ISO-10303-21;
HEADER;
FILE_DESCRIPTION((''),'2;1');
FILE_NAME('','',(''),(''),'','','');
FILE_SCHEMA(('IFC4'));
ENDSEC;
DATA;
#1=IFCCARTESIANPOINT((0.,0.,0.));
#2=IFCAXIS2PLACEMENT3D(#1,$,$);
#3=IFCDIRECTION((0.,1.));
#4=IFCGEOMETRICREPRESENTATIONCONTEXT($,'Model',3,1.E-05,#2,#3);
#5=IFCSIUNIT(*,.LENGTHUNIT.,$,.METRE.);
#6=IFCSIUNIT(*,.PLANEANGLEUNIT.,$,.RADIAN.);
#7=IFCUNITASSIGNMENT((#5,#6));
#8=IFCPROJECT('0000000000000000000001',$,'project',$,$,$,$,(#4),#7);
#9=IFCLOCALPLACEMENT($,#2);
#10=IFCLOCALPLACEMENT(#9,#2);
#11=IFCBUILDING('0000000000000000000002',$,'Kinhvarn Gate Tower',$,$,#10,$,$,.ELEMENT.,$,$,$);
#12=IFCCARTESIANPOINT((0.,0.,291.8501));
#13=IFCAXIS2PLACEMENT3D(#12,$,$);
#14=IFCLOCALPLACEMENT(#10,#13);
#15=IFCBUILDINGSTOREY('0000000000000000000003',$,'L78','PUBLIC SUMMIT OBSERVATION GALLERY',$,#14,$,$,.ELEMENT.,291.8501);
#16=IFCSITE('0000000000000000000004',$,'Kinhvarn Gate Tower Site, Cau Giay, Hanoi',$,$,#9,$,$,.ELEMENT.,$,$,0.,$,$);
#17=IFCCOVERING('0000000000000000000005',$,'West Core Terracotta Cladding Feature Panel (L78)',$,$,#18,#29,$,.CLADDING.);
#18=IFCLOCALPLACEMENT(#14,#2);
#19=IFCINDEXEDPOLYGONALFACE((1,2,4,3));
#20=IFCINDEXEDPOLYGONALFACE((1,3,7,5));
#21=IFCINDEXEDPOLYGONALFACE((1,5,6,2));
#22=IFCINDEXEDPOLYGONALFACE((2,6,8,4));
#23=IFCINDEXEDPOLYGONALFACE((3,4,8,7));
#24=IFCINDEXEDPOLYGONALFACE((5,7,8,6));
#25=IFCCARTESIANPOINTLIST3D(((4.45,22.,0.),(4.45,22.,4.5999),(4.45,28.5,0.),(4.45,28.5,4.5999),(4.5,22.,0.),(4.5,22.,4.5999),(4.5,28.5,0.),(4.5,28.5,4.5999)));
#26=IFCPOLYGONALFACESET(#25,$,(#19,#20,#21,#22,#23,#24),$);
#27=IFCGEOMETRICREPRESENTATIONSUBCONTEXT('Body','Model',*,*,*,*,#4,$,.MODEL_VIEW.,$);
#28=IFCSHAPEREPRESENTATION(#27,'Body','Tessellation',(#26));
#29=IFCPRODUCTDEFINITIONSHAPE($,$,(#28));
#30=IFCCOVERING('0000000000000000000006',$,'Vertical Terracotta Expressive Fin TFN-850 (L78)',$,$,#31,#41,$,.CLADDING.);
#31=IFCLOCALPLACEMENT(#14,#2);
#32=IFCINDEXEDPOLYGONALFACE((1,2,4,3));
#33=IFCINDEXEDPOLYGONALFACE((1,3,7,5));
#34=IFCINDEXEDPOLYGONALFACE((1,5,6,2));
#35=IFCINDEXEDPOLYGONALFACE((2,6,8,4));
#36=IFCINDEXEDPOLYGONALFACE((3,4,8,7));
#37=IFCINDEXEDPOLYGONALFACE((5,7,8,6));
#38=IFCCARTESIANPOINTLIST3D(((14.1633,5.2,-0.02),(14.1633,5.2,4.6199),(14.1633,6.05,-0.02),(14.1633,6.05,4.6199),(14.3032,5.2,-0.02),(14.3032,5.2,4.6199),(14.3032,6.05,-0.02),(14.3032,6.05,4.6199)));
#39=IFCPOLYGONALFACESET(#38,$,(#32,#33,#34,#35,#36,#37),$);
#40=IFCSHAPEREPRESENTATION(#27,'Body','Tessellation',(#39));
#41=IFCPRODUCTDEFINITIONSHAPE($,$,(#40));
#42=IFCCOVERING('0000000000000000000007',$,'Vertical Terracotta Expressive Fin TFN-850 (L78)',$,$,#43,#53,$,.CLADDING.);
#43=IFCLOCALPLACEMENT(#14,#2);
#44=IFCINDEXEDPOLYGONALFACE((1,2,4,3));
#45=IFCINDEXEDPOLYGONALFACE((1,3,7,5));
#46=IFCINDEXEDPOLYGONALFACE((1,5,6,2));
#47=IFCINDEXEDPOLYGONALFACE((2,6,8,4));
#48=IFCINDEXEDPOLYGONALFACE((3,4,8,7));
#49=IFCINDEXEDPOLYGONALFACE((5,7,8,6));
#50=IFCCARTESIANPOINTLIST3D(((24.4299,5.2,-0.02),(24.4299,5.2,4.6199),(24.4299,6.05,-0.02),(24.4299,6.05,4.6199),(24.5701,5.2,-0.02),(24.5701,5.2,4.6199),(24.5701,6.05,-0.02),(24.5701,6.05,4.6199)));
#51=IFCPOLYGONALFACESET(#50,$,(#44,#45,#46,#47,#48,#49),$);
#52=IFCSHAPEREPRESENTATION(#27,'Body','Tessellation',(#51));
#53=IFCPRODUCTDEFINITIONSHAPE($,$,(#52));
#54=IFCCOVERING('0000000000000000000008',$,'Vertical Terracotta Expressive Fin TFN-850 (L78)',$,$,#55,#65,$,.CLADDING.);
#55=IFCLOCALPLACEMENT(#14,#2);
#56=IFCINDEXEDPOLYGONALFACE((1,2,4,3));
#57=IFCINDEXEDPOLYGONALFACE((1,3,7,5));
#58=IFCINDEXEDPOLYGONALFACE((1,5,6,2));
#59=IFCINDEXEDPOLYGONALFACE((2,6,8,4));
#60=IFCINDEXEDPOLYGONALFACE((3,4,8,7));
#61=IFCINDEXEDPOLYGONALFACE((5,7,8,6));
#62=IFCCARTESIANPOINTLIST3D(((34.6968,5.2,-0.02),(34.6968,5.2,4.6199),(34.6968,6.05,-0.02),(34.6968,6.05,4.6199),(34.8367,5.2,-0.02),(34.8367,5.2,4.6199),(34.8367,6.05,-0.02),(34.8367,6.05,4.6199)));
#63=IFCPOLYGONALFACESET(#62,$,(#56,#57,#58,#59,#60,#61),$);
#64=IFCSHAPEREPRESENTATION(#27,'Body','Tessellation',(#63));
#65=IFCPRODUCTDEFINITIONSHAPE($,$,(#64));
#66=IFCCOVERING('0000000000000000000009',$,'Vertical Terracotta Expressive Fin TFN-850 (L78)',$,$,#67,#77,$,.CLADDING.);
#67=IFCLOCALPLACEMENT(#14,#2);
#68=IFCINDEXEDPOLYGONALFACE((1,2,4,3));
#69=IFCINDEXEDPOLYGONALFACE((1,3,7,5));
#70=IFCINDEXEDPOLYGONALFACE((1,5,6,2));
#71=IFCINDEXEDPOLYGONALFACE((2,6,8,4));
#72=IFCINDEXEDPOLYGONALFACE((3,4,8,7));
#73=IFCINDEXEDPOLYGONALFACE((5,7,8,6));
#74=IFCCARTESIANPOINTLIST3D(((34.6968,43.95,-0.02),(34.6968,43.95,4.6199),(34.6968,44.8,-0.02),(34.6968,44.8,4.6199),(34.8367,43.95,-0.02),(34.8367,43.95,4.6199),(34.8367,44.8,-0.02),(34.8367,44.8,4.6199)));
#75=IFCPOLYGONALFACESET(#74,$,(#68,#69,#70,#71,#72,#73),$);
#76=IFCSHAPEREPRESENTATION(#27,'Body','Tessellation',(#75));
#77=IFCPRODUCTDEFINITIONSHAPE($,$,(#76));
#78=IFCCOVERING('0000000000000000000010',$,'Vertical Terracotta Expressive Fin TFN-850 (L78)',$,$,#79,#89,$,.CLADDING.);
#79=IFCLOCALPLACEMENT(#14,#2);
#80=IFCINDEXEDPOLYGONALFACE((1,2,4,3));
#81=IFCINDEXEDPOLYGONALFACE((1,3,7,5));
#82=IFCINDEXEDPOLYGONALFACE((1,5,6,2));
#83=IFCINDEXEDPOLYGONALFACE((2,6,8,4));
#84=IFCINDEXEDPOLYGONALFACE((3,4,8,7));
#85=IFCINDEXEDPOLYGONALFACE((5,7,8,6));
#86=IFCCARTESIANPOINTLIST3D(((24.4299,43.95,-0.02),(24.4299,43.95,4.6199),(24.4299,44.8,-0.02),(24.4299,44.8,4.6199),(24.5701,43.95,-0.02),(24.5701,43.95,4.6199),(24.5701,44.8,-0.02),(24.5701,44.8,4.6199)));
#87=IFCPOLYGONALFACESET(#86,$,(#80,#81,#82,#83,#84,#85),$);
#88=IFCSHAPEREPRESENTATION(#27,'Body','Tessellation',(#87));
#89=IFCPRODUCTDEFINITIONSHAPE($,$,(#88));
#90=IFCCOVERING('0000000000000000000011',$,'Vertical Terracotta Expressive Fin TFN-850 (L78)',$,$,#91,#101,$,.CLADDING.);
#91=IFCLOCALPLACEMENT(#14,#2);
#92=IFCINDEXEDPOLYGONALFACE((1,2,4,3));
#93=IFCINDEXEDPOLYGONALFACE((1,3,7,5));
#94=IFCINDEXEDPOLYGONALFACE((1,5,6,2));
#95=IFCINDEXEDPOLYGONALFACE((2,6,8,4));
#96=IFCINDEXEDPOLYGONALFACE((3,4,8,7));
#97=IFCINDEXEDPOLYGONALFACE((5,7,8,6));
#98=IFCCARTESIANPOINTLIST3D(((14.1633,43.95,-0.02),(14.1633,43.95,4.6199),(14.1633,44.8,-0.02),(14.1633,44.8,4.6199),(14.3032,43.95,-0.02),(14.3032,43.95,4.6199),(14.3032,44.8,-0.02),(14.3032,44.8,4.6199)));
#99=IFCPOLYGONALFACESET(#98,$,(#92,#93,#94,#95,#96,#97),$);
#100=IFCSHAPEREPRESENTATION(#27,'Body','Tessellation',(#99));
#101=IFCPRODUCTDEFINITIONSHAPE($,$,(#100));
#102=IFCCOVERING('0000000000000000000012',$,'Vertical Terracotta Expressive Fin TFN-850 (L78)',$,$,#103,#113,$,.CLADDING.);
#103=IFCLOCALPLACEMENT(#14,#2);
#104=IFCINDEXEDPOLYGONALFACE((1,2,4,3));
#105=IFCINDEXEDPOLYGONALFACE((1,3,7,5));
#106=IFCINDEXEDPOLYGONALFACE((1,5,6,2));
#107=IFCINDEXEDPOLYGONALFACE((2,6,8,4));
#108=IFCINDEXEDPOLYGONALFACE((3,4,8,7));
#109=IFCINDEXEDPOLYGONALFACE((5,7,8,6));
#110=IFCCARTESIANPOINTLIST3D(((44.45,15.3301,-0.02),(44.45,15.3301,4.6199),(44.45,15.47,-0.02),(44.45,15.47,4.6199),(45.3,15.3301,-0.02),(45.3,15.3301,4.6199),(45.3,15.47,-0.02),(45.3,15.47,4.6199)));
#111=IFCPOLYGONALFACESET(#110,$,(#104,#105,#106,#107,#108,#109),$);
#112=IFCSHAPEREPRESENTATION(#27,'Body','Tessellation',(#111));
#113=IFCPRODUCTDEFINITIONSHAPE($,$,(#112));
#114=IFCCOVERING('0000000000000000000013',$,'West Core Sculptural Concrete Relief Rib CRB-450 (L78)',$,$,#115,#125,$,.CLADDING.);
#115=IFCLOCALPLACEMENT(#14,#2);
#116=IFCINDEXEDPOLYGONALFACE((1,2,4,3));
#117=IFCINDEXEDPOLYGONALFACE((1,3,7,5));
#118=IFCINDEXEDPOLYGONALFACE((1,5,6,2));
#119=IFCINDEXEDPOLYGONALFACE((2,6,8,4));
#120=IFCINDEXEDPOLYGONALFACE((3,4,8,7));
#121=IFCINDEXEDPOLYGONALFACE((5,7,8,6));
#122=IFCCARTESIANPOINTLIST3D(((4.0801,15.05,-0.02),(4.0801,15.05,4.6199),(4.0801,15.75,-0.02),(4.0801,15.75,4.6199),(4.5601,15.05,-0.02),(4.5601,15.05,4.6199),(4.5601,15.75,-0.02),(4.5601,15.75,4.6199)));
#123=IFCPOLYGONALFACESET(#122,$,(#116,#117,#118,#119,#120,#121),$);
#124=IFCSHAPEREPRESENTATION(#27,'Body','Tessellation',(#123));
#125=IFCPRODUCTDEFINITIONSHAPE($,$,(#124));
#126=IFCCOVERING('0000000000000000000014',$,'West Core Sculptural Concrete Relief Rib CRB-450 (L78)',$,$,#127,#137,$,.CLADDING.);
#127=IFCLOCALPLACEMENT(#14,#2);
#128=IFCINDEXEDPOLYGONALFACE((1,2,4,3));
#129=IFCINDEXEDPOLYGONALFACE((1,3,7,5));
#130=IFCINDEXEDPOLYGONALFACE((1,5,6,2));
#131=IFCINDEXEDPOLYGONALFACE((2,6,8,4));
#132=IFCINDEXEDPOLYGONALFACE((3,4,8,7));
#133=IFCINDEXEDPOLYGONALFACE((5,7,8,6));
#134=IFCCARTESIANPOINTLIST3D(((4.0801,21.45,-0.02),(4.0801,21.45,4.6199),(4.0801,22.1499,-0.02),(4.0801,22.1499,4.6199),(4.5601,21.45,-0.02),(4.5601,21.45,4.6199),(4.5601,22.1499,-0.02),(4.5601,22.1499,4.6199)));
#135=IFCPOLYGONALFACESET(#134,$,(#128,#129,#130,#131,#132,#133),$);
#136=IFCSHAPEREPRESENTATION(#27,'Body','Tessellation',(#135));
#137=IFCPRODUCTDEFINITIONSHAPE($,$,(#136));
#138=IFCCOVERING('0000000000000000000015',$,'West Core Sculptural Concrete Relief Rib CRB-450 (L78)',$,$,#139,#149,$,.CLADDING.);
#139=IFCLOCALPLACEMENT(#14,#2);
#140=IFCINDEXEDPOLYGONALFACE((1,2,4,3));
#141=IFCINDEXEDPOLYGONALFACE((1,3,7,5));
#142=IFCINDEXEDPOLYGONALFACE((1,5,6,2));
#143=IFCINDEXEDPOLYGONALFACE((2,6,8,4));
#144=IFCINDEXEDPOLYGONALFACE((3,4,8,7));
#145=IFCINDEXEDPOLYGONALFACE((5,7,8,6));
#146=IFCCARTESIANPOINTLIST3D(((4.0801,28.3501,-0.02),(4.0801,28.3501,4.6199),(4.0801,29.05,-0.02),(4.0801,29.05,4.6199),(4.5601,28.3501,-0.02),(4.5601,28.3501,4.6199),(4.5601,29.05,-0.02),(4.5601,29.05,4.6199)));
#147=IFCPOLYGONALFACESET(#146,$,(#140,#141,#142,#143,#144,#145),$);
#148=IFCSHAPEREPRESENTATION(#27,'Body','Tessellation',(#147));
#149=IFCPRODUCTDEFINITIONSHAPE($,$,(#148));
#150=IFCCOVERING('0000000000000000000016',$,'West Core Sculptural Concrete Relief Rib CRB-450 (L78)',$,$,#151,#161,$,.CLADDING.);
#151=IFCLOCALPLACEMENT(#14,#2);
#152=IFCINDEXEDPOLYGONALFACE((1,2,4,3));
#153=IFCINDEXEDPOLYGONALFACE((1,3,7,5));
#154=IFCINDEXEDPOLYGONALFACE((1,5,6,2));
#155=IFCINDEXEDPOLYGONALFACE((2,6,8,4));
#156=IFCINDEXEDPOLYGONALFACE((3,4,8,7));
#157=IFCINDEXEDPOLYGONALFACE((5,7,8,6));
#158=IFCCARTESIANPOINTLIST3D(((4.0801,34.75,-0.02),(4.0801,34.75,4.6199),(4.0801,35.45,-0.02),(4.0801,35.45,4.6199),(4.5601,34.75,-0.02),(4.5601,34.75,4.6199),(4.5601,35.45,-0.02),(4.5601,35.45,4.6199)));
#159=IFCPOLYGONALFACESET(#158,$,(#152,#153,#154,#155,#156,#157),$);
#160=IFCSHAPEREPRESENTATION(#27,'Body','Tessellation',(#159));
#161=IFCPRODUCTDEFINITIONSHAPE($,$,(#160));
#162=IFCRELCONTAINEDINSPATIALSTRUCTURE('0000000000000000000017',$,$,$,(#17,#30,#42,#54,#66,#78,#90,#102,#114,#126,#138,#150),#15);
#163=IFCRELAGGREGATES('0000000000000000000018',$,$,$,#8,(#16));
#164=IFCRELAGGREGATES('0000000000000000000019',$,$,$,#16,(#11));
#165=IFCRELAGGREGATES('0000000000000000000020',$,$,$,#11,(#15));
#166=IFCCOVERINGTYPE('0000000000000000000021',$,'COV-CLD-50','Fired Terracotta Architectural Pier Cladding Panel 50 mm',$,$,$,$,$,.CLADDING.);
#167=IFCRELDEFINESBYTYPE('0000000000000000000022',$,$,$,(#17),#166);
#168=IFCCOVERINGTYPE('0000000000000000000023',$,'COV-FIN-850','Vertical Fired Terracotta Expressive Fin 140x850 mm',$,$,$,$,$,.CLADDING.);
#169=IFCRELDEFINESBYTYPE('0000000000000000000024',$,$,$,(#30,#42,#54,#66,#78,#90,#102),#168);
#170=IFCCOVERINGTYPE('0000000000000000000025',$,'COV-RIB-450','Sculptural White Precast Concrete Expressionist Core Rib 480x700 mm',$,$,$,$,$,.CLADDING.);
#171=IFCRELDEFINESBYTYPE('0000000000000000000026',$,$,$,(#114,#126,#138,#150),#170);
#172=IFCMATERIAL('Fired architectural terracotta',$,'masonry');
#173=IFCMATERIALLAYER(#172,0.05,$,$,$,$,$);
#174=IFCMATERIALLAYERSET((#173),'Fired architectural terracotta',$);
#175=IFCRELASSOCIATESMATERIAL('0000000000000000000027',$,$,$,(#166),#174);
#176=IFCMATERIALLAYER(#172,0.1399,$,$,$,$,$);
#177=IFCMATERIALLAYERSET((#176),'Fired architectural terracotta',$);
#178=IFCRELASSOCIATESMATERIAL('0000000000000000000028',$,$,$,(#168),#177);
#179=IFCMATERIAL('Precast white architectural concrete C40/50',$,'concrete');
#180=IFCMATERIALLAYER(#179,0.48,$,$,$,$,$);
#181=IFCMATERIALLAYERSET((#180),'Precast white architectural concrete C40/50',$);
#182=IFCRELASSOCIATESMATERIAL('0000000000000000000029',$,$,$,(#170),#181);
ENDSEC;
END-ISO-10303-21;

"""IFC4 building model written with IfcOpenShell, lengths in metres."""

from ifc_helpers import new_model, si_unit, direction, frame, origin, place, context, subcontext, project, spatial, polyline, outline, extrude, material, layer, layer_set, type_object, element, save


model = new_model("IFC4")

# Units and contexts
model_context = context("Model", 3, precision=1e-05, world=origin(), true_north=direction((0.0, 1.0)))
body_context = subcontext(model_context, "Body", "Model", "MODEL_VIEW")
ifc_project = project(units=[si_unit("LENGTHUNIT", "METRE"), si_unit("PLANEANGLEUNIT", "RADIAN")], contexts=[model_context])

# Site, building, storey
site_placement = place(None, origin())
site = spatial("IfcSite", under=ifc_project, at=site_placement, Name="Kinhvarn Gate Tower Site, Cau Giay, Hanoi", CompositionType="ELEMENT", RefElevation=0.0)
building_placement = place(site_placement, origin())
building = spatial("IfcBuilding", under=site, at=building_placement, Name="Kinhvarn Gate Tower", CompositionType="ELEMENT")
storey_placement = place(building_placement, frame((0.0, 0.0, 291.8501)))
storey = spatial("IfcBuildingStorey", under=building, at=storey_placement, Name="L78", Description="PUBLIC SUMMIT OBSERVATION GALLERY", CompositionType="ELEMENT", Elevation=291.8501)

# Coverings
ifc_material_1 = material(Name="Fired architectural terracotta", Category="masonry")
ifc_layer_1 = layer(ifc_material_1, 0.05)
ifc_layer_set_1 = layer_set([ifc_layer_1], Name="Fired architectural terracotta")
covering_type_1 = type_object("IfcCoveringType", Name="COV-CLD-50", Description="Fired Terracotta Architectural Pier Cladding Panel 50 mm", PredefinedType="CLADDING", material=ifc_layer_set_1)
covering_1_placement = place(storey_placement, origin())
element("IfcCovering", 1, at=covering_1_placement, inside=storey, type_object=covering_type_1, Name="West Core Terracotta Cladding Feature Panel (L78)", PredefinedType="CLADDING", context=body_context, shape_type="SweptSolid", body=[
    extrude(outline(polyline([(4.45, 22.0), (4.5, 22.0), (4.5, 28.5), (4.45, 28.5), (4.45, 22.0)])), origin(), (0.0, 0.0, 1.0), 4.5999),
])
ifc_layer_2 = layer(ifc_material_1, 0.1399)
ifc_layer_set_2 = layer_set([ifc_layer_2], Name="Fired architectural terracotta")
covering_type_2 = type_object("IfcCoveringType", Name="COV-FIN-850", Description="Vertical Fired Terracotta Expressive Fin 140x850 mm", PredefinedType="CLADDING", material=ifc_layer_set_2)
covering_2_placement = place(storey_placement, frame((0.0, 0.0, -0.02)))
element("IfcCovering", 2, at=covering_2_placement, inside=storey, type_object=covering_type_2, Name="Vertical Terracotta Expressive Fin TFN-850 (L78)", PredefinedType="CLADDING", context=body_context, shape_type="SweptSolid", body=[
    extrude(outline(polyline([(14.1633, 6.05), (14.3032, 6.05), (14.3032, 5.2), (14.1633, 5.2), (14.1633, 6.05)])), origin(), (0.0, 0.0, 1.0), 4.6399),
])
covering_3_placement = place(storey_placement, frame((0.0, 0.0, -0.02)))
element("IfcCovering", 3, at=covering_3_placement, inside=storey, type_object=covering_type_2, Name="Vertical Terracotta Expressive Fin TFN-850 (L78)", PredefinedType="CLADDING", context=body_context, shape_type="SweptSolid", body=[
    extrude(outline(polyline([(24.4299, 6.05), (24.5701, 6.05), (24.5701, 5.2), (24.4299, 5.2), (24.4299, 6.05)])), origin(), (0.0, 0.0, 1.0), 4.6399),
])
covering_4_placement = place(storey_placement, frame((0.0, 0.0, -0.02)))
element("IfcCovering", 4, at=covering_4_placement, inside=storey, type_object=covering_type_2, Name="Vertical Terracotta Expressive Fin TFN-850 (L78)", PredefinedType="CLADDING", context=body_context, shape_type="SweptSolid", body=[
    extrude(outline(polyline([(34.6968, 6.05), (34.8367, 6.05), (34.8367, 5.2), (34.6968, 5.2), (34.6968, 6.05)])), origin(), (0.0, 0.0, 1.0), 4.6399),
])
covering_5_placement = place(storey_placement, frame((0.0, 0.0, -0.02)))
element("IfcCovering", 5, at=covering_5_placement, inside=storey, type_object=covering_type_2, Name="Vertical Terracotta Expressive Fin TFN-850 (L78)", PredefinedType="CLADDING", context=body_context, shape_type="SweptSolid", body=[
    extrude(outline(polyline([(34.8367, 43.95), (34.6968, 43.95), (34.6968, 44.8), (34.8367, 44.8), (34.8367, 43.95)])), origin(), (0.0, 0.0, 1.0), 4.6399),
])
covering_6_placement = place(storey_placement, frame((0.0, 0.0, -0.02)))
element("IfcCovering", 6, at=covering_6_placement, inside=storey, type_object=covering_type_2, Name="Vertical Terracotta Expressive Fin TFN-850 (L78)", PredefinedType="CLADDING", context=body_context, shape_type="SweptSolid", body=[
    extrude(outline(polyline([(24.5701, 43.95), (24.4299, 43.95), (24.4299, 44.8), (24.5701, 44.8), (24.5701, 43.95)])), origin(), (0.0, 0.0, 1.0), 4.6399),
])
covering_7_placement = place(storey_placement, frame((0.0, 0.0, -0.02)))
element("IfcCovering", 7, at=covering_7_placement, inside=storey, type_object=covering_type_2, Name="Vertical Terracotta Expressive Fin TFN-850 (L78)", PredefinedType="CLADDING", context=body_context, shape_type="SweptSolid", body=[
    extrude(outline(polyline([(14.3032, 43.95), (14.1633, 43.95), (14.1633, 44.8), (14.3032, 44.8), (14.3032, 43.95)])), origin(), (0.0, 0.0, 1.0), 4.6399),
])
covering_8_placement = place(storey_placement, frame((0.0, 0.0, -0.02)))
element("IfcCovering", 8, at=covering_8_placement, inside=storey, type_object=covering_type_2, Name="Vertical Terracotta Expressive Fin TFN-850 (L78)", PredefinedType="CLADDING", context=body_context, shape_type="SweptSolid", body=[
    extrude(outline(polyline([(44.45, 15.3301), (44.45, 15.47), (45.3, 15.47), (45.3, 15.3301), (44.45, 15.3301)])), origin(), (0.0, 0.0, 1.0), 4.6399),
])
ifc_material_2 = material(Name="Precast white architectural concrete C40/50", Category="concrete")
ifc_layer_3 = layer(ifc_material_2, 0.48)
ifc_layer_set_3 = layer_set([ifc_layer_3], Name="Precast white architectural concrete C40/50")
covering_type_3 = type_object("IfcCoveringType", Name="COV-RIB-450", Description="Sculptural White Precast Concrete Expressionist Core Rib 480x700 mm", PredefinedType="CLADDING", material=ifc_layer_set_3)
covering_9_placement = place(storey_placement, frame((0.0, 0.0, -0.02)))
element("IfcCovering", 9, at=covering_9_placement, inside=storey, type_object=covering_type_3, Name="West Core Sculptural Concrete Relief Rib CRB-450 (L78)", PredefinedType="CLADDING", context=body_context, shape_type="SweptSolid", body=[
    extrude(outline(polyline([(4.0801, 15.05), (4.5601, 15.05), (4.5601, 15.75), (4.0801, 15.75), (4.0801, 15.05)])), origin(), (0.0, 0.0, 1.0), 4.6399),
])
covering_10_placement = place(storey_placement, frame((0.0, 0.0, -0.02)))
element("IfcCovering", 10, at=covering_10_placement, inside=storey, type_object=covering_type_3, Name="West Core Sculptural Concrete Relief Rib CRB-450 (L78)", PredefinedType="CLADDING", context=body_context, shape_type="SweptSolid", body=[
    extrude(outline(polyline([(4.0801, 21.45), (4.5601, 21.45), (4.5601, 22.1499), (4.0801, 22.1499), (4.0801, 21.45)])), origin(), (0.0, 0.0, 1.0), 4.6399),
])
covering_11_placement = place(storey_placement, frame((0.0, 0.0, -0.02)))
element("IfcCovering", 11, at=covering_11_placement, inside=storey, type_object=covering_type_3, Name="West Core Sculptural Concrete Relief Rib CRB-450 (L78)", PredefinedType="CLADDING", context=body_context, shape_type="SweptSolid", body=[
    extrude(outline(polyline([(4.0801, 28.3501), (4.5601, 28.3501), (4.5601, 29.05), (4.0801, 29.05), (4.0801, 28.3501)])), origin(), (0.0, 0.0, 1.0), 4.6399),
])
covering_12_placement = place(storey_placement, frame((0.0, 0.0, -0.02)))
element("IfcCovering", 12, at=covering_12_placement, inside=storey, type_object=covering_type_3, Name="West Core Sculptural Concrete Relief Rib CRB-450 (L78)", PredefinedType="CLADDING", context=body_context, shape_type="SweptSolid", body=[
    extrude(outline(polyline([(4.0801, 34.75), (4.5601, 34.75), (4.5601, 35.45), (4.0801, 35.45), (4.0801, 34.75)])), origin(), (0.0, 0.0, 1.0), 4.6399),
])

save(model, "model.ifc")
